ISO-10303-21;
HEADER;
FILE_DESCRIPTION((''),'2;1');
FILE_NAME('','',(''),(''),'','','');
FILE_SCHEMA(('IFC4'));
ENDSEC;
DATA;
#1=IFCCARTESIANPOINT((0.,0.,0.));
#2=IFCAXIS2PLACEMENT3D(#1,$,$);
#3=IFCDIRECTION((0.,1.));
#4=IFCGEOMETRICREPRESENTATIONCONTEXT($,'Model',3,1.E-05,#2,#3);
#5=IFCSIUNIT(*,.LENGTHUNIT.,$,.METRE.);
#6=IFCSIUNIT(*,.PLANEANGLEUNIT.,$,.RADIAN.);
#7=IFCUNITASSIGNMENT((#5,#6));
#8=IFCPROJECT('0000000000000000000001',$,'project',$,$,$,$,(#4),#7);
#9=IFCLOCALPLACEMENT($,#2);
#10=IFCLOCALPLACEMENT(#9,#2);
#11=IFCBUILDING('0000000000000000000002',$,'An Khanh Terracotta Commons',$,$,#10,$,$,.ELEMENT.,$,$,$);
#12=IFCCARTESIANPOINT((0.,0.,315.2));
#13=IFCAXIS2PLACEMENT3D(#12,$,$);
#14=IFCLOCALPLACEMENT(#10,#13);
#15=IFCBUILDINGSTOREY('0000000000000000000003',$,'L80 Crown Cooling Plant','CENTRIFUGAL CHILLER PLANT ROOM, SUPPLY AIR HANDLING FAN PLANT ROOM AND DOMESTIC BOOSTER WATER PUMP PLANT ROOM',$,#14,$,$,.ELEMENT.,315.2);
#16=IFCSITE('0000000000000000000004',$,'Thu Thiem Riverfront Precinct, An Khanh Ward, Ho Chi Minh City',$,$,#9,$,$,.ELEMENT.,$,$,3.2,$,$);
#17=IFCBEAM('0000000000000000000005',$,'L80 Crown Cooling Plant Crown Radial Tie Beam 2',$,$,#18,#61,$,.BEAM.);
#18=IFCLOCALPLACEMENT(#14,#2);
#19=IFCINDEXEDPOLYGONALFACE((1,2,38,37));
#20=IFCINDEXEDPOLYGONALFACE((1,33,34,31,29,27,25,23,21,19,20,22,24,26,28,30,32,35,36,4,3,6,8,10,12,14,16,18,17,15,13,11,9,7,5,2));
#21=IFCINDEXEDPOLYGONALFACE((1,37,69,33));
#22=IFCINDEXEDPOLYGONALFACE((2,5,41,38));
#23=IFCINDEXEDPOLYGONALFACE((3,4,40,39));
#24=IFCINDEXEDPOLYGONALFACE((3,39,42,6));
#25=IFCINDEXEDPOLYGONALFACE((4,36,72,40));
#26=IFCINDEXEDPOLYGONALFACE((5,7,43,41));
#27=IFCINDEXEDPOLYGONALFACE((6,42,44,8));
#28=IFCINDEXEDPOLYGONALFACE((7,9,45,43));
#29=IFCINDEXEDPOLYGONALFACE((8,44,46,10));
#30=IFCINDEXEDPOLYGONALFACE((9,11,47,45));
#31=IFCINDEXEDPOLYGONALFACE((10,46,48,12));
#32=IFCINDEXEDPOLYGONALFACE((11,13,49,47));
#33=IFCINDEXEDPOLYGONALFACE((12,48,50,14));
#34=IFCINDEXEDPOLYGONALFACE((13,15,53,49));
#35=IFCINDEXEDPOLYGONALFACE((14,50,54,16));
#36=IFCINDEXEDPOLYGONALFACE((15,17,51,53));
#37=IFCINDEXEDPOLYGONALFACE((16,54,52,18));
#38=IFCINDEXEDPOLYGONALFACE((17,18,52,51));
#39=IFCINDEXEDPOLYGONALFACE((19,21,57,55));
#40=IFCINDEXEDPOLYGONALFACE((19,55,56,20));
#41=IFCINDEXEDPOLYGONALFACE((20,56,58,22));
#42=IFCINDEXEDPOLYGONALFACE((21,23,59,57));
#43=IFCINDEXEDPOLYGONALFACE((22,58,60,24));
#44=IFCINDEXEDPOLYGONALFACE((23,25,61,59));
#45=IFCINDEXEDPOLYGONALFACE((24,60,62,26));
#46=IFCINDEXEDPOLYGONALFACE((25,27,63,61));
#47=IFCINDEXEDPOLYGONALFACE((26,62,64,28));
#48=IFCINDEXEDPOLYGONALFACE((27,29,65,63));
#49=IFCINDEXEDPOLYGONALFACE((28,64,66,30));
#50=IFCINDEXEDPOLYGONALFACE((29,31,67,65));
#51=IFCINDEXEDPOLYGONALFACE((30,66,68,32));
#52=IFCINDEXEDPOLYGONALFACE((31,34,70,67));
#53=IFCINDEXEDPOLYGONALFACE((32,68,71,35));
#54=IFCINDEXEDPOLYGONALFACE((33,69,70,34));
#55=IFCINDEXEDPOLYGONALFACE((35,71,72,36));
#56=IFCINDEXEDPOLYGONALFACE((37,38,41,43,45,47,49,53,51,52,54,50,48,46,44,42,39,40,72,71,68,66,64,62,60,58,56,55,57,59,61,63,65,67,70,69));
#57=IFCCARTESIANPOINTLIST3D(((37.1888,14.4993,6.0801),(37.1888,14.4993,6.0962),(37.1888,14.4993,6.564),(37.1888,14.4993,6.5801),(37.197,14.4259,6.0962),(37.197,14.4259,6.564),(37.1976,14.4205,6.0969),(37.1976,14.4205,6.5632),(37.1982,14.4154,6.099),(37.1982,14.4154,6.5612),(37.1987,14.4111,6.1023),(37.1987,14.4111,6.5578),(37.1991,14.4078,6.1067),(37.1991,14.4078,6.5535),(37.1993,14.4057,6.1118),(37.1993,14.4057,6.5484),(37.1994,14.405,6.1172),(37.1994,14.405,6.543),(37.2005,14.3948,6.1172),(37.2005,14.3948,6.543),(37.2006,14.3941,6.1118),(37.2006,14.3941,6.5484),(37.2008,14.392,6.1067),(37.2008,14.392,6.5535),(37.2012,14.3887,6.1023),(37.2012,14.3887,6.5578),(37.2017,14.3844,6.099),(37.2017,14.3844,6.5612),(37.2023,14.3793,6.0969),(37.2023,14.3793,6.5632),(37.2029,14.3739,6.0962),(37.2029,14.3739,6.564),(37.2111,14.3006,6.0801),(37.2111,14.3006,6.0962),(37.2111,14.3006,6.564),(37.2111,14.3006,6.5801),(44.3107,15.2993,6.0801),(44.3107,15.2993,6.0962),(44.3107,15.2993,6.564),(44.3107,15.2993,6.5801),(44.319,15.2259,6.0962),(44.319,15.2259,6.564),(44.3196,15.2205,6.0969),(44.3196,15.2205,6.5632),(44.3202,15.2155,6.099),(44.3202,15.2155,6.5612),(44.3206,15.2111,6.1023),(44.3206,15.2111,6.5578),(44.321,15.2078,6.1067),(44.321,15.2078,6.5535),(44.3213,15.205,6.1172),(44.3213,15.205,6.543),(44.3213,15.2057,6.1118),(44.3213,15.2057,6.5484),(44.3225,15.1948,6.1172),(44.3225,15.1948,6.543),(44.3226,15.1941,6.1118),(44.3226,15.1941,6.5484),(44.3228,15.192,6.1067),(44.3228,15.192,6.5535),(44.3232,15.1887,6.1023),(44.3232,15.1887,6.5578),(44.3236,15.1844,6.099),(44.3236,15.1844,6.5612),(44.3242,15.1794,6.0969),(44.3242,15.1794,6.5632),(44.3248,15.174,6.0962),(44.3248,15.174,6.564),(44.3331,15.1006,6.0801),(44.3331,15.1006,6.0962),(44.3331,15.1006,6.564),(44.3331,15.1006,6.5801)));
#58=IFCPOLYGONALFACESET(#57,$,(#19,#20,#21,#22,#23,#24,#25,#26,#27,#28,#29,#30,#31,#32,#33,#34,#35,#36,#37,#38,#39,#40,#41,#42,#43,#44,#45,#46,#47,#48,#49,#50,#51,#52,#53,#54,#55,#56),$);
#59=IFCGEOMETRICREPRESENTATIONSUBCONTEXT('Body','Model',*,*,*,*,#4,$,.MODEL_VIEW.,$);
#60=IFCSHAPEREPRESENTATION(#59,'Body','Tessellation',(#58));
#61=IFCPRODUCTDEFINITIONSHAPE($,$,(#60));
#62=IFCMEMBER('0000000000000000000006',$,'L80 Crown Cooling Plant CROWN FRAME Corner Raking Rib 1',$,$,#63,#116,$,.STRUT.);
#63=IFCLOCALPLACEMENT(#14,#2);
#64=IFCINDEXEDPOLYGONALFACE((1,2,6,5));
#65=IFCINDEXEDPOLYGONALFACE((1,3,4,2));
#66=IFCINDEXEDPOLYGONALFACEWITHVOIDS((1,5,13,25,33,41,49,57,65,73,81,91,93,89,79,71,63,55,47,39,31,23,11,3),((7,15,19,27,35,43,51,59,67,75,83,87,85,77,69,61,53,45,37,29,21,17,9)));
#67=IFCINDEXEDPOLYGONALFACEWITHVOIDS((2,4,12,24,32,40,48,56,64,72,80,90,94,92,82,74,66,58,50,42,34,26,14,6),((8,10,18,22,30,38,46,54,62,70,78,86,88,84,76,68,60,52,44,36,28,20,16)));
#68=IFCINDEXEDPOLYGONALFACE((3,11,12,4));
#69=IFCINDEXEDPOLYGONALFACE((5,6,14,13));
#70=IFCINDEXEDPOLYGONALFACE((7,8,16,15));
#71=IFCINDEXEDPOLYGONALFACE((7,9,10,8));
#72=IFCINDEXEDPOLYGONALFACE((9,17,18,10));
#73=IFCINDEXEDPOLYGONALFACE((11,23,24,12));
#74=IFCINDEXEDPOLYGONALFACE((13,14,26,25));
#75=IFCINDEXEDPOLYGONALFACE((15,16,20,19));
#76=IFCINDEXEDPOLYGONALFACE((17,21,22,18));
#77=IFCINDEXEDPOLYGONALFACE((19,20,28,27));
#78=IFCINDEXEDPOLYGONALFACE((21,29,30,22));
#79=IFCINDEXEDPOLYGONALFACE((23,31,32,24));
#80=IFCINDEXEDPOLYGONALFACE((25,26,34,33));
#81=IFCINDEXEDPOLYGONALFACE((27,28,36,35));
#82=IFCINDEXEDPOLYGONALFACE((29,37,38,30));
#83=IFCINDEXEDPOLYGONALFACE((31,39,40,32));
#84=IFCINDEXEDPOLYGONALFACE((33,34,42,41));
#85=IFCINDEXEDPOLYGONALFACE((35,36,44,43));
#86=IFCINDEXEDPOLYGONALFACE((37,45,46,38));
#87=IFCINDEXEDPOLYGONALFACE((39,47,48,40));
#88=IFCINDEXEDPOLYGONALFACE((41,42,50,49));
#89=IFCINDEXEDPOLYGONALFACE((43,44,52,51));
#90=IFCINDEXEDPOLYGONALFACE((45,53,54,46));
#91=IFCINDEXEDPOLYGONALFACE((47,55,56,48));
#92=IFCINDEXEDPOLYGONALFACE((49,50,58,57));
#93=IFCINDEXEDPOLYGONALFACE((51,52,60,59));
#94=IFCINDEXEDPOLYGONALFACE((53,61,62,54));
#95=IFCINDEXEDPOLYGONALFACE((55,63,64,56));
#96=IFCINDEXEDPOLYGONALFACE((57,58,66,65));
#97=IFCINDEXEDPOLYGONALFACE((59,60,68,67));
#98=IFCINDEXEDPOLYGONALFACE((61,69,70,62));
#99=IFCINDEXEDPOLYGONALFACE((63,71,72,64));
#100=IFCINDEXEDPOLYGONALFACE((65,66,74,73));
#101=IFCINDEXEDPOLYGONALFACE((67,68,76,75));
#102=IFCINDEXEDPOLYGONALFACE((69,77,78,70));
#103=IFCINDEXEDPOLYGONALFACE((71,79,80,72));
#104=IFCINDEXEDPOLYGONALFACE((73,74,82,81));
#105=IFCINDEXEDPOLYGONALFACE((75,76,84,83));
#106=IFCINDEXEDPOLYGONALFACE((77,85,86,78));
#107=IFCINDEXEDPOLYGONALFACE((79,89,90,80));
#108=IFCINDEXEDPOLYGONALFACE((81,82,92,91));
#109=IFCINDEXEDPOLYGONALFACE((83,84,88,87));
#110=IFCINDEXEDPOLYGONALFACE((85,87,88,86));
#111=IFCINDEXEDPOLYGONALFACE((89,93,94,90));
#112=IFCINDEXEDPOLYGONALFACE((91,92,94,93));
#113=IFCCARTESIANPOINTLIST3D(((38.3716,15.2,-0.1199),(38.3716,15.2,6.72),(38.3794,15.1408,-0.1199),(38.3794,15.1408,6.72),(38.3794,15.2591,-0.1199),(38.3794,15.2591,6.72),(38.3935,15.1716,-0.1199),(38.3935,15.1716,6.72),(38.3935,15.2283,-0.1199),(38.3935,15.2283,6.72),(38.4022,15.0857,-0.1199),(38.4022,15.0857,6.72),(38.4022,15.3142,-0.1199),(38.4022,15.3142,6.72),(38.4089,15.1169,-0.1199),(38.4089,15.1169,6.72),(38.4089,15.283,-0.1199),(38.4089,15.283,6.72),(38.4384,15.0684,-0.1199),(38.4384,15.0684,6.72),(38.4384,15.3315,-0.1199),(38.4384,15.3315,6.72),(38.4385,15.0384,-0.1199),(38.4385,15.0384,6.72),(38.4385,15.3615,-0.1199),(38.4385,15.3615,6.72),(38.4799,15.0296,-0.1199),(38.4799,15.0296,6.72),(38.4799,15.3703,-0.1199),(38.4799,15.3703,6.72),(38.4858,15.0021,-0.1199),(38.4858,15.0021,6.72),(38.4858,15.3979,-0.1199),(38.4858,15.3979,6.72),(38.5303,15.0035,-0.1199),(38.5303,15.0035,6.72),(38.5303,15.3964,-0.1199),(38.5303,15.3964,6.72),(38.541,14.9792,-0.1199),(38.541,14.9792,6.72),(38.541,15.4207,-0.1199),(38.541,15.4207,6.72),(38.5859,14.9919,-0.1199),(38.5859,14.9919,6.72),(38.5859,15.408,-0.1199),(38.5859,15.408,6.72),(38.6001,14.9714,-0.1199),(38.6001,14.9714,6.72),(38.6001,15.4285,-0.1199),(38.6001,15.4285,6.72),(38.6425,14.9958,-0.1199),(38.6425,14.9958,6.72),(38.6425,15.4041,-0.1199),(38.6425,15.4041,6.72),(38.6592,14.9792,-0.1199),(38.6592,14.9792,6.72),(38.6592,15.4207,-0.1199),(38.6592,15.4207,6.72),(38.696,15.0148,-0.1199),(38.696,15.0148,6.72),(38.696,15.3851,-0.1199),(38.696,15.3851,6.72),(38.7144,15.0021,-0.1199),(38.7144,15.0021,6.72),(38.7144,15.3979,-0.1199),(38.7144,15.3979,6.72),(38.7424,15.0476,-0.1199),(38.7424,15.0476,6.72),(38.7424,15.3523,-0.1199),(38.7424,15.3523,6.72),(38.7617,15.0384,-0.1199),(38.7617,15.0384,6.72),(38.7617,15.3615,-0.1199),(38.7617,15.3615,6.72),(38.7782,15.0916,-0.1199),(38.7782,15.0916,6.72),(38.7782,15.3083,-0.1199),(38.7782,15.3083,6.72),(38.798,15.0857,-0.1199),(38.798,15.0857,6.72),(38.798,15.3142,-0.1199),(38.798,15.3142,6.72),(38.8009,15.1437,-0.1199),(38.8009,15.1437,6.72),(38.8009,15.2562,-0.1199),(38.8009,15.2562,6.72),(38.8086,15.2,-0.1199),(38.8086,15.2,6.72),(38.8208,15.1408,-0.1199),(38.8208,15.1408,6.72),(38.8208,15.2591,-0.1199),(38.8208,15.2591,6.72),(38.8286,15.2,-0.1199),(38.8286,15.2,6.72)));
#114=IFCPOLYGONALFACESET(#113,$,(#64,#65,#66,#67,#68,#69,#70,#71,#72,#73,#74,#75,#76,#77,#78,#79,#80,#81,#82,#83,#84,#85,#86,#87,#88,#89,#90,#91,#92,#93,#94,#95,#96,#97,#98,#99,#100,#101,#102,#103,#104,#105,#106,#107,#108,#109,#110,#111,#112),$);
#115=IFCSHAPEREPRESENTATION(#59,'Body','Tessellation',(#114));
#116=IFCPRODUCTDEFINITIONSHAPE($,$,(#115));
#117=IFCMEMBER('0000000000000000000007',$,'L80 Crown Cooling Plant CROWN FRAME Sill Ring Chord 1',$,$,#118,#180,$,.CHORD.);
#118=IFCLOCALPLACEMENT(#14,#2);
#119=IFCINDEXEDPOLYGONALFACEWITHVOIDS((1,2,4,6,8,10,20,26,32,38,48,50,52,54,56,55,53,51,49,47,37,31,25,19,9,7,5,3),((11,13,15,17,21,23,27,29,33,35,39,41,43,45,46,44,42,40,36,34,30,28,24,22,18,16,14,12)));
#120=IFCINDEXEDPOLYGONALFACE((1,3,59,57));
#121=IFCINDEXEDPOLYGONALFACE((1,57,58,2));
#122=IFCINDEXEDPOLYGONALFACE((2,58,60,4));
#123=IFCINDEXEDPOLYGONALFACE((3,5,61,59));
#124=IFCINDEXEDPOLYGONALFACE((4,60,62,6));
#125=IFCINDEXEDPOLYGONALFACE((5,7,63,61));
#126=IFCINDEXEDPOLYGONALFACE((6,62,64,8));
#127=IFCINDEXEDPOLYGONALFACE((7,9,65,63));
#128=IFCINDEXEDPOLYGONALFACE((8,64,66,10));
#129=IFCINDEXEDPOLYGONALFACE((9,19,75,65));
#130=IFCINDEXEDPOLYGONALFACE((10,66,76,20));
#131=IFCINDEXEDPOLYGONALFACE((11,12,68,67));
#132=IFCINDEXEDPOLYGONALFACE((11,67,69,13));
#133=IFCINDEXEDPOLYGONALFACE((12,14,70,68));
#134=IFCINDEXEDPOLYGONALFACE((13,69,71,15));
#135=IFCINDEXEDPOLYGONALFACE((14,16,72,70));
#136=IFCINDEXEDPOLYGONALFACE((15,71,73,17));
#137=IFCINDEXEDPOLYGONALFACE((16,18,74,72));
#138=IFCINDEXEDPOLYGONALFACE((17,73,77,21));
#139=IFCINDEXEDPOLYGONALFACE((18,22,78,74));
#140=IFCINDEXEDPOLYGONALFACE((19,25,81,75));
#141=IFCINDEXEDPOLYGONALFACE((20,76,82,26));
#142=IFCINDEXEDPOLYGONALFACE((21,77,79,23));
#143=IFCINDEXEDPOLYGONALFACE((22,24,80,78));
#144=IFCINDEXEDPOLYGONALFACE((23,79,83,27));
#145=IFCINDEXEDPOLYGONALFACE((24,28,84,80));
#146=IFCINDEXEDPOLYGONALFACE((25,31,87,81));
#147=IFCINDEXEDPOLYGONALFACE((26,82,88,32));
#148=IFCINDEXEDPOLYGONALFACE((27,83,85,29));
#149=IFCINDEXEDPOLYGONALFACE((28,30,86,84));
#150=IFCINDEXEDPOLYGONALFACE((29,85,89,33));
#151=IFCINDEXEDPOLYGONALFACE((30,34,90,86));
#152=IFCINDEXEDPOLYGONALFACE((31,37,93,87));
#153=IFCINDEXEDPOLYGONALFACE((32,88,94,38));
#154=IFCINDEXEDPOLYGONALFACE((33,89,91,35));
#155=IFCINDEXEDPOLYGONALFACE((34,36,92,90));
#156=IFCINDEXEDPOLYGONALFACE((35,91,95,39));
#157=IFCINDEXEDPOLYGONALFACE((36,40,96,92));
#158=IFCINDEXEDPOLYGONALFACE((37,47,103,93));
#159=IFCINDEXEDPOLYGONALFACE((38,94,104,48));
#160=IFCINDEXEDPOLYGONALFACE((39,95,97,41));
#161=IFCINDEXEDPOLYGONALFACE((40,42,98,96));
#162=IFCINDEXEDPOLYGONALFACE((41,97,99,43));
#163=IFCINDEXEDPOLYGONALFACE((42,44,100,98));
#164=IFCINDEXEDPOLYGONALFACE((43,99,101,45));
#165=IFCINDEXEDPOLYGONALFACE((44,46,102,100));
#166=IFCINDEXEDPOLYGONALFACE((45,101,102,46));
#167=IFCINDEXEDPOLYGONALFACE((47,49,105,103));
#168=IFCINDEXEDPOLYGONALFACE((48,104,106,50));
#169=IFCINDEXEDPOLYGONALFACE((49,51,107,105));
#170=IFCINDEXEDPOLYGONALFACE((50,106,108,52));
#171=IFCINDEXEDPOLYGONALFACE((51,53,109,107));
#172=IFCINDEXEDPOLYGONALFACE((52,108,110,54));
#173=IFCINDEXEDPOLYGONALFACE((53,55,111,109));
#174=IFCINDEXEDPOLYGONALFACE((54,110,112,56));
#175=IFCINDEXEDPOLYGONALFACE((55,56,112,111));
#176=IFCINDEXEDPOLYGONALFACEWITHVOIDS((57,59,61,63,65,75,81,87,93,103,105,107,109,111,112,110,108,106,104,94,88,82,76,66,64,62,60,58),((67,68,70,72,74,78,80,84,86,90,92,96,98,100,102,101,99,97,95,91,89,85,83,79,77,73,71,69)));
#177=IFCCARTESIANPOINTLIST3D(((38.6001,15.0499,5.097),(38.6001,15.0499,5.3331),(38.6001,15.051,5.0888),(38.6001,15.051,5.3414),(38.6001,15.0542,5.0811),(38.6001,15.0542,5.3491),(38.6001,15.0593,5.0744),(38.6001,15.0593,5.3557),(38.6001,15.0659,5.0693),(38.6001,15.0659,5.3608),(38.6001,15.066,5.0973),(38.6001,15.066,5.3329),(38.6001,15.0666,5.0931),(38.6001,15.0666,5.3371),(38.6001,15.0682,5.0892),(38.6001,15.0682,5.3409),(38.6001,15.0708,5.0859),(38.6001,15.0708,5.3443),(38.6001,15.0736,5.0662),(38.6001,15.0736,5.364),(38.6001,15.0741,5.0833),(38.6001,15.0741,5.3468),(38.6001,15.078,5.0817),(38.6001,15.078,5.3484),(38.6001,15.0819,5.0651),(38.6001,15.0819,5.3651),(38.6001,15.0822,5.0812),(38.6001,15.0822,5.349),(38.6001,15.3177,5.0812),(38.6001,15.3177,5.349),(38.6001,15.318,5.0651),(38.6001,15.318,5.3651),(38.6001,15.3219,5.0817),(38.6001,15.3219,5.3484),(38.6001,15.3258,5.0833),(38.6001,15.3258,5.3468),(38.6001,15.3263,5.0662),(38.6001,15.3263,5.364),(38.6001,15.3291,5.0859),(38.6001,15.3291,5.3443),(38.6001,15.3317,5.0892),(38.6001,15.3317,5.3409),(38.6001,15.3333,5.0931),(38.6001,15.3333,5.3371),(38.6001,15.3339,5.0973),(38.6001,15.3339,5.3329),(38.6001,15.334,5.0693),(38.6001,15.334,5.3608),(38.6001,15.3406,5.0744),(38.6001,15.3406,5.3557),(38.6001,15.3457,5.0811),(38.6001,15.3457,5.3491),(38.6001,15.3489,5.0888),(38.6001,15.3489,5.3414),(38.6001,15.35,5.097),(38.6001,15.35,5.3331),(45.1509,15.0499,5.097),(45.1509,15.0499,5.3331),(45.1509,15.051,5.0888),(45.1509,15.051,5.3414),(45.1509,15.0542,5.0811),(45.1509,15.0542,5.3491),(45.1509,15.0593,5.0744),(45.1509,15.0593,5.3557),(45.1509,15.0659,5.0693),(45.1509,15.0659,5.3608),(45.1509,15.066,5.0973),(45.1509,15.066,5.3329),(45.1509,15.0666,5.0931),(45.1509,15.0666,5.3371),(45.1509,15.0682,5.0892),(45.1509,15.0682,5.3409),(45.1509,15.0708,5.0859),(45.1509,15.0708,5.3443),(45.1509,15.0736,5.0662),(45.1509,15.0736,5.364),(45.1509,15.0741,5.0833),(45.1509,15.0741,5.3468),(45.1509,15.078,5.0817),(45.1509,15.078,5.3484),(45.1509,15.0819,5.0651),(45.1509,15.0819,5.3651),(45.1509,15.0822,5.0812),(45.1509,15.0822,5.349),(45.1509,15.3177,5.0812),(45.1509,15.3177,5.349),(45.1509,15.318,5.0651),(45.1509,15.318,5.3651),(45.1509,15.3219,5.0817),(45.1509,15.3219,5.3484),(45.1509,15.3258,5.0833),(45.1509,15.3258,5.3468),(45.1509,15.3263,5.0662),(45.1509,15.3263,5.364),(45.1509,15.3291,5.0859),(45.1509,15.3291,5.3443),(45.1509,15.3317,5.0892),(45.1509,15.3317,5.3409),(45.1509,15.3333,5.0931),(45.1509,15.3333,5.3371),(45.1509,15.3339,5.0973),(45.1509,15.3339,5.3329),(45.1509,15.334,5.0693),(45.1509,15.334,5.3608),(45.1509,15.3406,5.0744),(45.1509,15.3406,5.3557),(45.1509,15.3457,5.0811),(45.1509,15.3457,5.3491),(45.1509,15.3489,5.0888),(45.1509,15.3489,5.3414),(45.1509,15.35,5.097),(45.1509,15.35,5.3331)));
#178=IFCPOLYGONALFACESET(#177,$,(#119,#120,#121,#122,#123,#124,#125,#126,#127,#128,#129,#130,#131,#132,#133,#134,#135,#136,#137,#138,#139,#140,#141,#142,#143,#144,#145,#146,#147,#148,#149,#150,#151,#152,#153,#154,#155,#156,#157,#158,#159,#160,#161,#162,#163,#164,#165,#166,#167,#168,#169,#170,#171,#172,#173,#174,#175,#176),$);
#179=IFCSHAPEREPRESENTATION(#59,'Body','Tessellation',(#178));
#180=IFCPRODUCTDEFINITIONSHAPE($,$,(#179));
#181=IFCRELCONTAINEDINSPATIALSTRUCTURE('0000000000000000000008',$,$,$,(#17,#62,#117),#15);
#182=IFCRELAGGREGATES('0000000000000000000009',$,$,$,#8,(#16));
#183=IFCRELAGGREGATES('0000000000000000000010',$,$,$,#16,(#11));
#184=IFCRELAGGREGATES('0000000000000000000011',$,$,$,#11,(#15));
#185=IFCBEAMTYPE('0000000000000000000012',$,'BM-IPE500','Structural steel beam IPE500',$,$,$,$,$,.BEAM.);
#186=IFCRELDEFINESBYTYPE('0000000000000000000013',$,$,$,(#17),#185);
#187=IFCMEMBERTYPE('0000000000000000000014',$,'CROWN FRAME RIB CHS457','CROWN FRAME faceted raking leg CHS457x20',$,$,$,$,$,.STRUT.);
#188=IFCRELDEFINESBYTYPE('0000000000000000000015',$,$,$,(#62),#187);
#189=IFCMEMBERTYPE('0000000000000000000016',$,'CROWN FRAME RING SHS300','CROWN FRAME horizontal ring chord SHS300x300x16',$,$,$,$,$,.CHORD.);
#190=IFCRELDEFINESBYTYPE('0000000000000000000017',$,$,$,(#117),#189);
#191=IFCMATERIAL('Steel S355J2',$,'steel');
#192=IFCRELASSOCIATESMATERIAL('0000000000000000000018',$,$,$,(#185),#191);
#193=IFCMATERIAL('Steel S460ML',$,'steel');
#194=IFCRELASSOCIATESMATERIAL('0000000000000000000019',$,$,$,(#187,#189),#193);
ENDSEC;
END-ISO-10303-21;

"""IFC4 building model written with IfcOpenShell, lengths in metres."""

from ifc_helpers import new_model, si_unit, direction, frame, origin, origin_2d, place, context, subcontext, project, spatial, hollow_rectangle, hollow_circle, i_section, extrude, material, material_profile, profile_set, type_object, element, save


model = new_model("IFC4")

# Units and contexts
model_context = context("Model", 3, precision=1e-05, world=origin(), true_north=direction((0.0, 1.0)))
body_context = subcontext(model_context, "Body", "Model", "MODEL_VIEW")
ifc_project = project(units=[si_unit("LENGTHUNIT", "METRE"), si_unit("PLANEANGLEUNIT", "RADIAN")], contexts=[model_context])

# Site, building, storey
site_placement = place(None, origin())
site = spatial("IfcSite", under=ifc_project, at=site_placement, Name="Thu Thiem Riverfront Precinct, An Khanh Ward, Ho Chi Minh City", CompositionType="ELEMENT", RefElevation=3.2)
building_placement = place(site_placement, origin())
building = spatial("IfcBuilding", under=site, at=building_placement, Name="An Khanh Terracotta Commons", CompositionType="ELEMENT")
storey_placement = place(building_placement, frame((0.0, 0.0, 315.2)))
storey = spatial("IfcBuildingStorey", under=building, at=storey_placement, Name="L80 Crown Cooling Plant", Description="CENTRIFUGAL CHILLER PLANT ROOM, SUPPLY AIR HANDLING FAN PLANT ROOM AND DOMESTIC BOOSTER WATER PUMP PLANT ROOM", CompositionType="ELEMENT", Elevation=315.2)

# Beam
ifc_material_1 = material(Name="Steel S355J2", Category="steel")
ifc_material_profile_1 = material_profile(ifc_material_1, i_section(OverallWidth=0.2, OverallDepth=0.5, WebThickness=0.0103, FlangeThickness=0.0161, FilletRadius=0.021, at=origin_2d()), Name="IPE500")
ifc_profile_set_1 = profile_set([ifc_material_profile_1], Name="Steel S355J2")
beam_type_1 = type_object("IfcBeamType", Name="BM-IPE500", Description="Structural steel beam IPE500", PredefinedType="BEAM", material=ifc_profile_set_1)
beam_1_placement = place(storey_placement, frame((37.2, 14.3999, 6.3301), z_axis=(0.99375, 0.111632, 0.0), x_axis=(-0.111632, 0.99375, 0.0)))
element("IfcBeam", 1, at=beam_1_placement, inside=storey, type_object=beam_type_1, Name="L80 Crown Cooling Plant Crown Radial Tie Beam 2", PredefinedType="BEAM", context=body_context, shape_type="SweptSolid", body=[
    extrude(i_section(OverallWidth=0.2, OverallDepth=0.5, WebThickness=0.0103, FlangeThickness=0.0161, FilletRadius=0.021, at=origin_2d()), origin(), (0.0, 0.0, 1.0), 7.1667),
])

# Members
ifc_material_2 = material(Name="Steel S460ML", Category="steel")
ifc_material_profile_2 = material_profile(ifc_material_2, hollow_circle(Radius=0.2285, WallThickness=0.02, at=origin_2d()), Name="CHS457x20")
ifc_profile_set_2 = profile_set([ifc_material_profile_2], Name="Steel S460ML")
member_type_1 = type_object("IfcMemberType", Name="CROWN FRAME RIB CHS457", Description="CROWN FRAME faceted raking leg CHS457x20", PredefinedType="STRUT", material=ifc_profile_set_2)
member_1_placement = place(storey_placement, frame((38.6001, 15.2, -0.1199), z_axis=(0.0, 0.0, 1.0), x_axis=(1.0, 0.0, 0.0)))
element("IfcMember", 2, at=member_1_placement, inside=storey, type_object=member_type_1, Name="L80 Crown Cooling Plant CROWN FRAME Corner Raking Rib 1", PredefinedType="STRUT", context=body_context, shape_type="SweptSolid", body=[
    extrude(hollow_circle(Radius=0.2285, WallThickness=0.02, at=origin_2d()), origin(), (0.0, 0.0, 1.0), 6.8398),
])
ifc_material_profile_3 = material_profile(ifc_material_2, hollow_rectangle(XDim=0.3, YDim=0.3, WallThickness=0.0161, InnerFilletRadius=0.0161, OuterFilletRadius=0.032, at=origin_2d()), Name="SHS300x300x16")
ifc_profile_set_3 = profile_set([ifc_material_profile_3], Name="Steel S460ML")
member_type_2 = type_object("IfcMemberType", Name="CROWN FRAME RING SHS300", Description="CROWN FRAME horizontal ring chord SHS300x300x16", PredefinedType="CHORD", material=ifc_profile_set_3)
member_2_placement = place(storey_placement, frame((38.6001, 15.2, 5.2151), z_axis=(1.0, 0.0, 0.0), x_axis=(0.0, 1.0, 0.0)))
element("IfcMember", 3, at=member_2_placement, inside=storey, type_object=member_type_2, Name="L80 Crown Cooling Plant CROWN FRAME Sill Ring Chord 1", PredefinedType="CHORD", context=body_context, shape_type="SweptSolid", body=[
    extrude(hollow_rectangle(XDim=0.3, YDim=0.3, WallThickness=0.0161, InnerFilletRadius=0.0161, OuterFilletRadius=0.032, at=origin_2d()), origin(), (0.0, 0.0, 1.0), 6.5508),
])

save(model, "model.ifc")
